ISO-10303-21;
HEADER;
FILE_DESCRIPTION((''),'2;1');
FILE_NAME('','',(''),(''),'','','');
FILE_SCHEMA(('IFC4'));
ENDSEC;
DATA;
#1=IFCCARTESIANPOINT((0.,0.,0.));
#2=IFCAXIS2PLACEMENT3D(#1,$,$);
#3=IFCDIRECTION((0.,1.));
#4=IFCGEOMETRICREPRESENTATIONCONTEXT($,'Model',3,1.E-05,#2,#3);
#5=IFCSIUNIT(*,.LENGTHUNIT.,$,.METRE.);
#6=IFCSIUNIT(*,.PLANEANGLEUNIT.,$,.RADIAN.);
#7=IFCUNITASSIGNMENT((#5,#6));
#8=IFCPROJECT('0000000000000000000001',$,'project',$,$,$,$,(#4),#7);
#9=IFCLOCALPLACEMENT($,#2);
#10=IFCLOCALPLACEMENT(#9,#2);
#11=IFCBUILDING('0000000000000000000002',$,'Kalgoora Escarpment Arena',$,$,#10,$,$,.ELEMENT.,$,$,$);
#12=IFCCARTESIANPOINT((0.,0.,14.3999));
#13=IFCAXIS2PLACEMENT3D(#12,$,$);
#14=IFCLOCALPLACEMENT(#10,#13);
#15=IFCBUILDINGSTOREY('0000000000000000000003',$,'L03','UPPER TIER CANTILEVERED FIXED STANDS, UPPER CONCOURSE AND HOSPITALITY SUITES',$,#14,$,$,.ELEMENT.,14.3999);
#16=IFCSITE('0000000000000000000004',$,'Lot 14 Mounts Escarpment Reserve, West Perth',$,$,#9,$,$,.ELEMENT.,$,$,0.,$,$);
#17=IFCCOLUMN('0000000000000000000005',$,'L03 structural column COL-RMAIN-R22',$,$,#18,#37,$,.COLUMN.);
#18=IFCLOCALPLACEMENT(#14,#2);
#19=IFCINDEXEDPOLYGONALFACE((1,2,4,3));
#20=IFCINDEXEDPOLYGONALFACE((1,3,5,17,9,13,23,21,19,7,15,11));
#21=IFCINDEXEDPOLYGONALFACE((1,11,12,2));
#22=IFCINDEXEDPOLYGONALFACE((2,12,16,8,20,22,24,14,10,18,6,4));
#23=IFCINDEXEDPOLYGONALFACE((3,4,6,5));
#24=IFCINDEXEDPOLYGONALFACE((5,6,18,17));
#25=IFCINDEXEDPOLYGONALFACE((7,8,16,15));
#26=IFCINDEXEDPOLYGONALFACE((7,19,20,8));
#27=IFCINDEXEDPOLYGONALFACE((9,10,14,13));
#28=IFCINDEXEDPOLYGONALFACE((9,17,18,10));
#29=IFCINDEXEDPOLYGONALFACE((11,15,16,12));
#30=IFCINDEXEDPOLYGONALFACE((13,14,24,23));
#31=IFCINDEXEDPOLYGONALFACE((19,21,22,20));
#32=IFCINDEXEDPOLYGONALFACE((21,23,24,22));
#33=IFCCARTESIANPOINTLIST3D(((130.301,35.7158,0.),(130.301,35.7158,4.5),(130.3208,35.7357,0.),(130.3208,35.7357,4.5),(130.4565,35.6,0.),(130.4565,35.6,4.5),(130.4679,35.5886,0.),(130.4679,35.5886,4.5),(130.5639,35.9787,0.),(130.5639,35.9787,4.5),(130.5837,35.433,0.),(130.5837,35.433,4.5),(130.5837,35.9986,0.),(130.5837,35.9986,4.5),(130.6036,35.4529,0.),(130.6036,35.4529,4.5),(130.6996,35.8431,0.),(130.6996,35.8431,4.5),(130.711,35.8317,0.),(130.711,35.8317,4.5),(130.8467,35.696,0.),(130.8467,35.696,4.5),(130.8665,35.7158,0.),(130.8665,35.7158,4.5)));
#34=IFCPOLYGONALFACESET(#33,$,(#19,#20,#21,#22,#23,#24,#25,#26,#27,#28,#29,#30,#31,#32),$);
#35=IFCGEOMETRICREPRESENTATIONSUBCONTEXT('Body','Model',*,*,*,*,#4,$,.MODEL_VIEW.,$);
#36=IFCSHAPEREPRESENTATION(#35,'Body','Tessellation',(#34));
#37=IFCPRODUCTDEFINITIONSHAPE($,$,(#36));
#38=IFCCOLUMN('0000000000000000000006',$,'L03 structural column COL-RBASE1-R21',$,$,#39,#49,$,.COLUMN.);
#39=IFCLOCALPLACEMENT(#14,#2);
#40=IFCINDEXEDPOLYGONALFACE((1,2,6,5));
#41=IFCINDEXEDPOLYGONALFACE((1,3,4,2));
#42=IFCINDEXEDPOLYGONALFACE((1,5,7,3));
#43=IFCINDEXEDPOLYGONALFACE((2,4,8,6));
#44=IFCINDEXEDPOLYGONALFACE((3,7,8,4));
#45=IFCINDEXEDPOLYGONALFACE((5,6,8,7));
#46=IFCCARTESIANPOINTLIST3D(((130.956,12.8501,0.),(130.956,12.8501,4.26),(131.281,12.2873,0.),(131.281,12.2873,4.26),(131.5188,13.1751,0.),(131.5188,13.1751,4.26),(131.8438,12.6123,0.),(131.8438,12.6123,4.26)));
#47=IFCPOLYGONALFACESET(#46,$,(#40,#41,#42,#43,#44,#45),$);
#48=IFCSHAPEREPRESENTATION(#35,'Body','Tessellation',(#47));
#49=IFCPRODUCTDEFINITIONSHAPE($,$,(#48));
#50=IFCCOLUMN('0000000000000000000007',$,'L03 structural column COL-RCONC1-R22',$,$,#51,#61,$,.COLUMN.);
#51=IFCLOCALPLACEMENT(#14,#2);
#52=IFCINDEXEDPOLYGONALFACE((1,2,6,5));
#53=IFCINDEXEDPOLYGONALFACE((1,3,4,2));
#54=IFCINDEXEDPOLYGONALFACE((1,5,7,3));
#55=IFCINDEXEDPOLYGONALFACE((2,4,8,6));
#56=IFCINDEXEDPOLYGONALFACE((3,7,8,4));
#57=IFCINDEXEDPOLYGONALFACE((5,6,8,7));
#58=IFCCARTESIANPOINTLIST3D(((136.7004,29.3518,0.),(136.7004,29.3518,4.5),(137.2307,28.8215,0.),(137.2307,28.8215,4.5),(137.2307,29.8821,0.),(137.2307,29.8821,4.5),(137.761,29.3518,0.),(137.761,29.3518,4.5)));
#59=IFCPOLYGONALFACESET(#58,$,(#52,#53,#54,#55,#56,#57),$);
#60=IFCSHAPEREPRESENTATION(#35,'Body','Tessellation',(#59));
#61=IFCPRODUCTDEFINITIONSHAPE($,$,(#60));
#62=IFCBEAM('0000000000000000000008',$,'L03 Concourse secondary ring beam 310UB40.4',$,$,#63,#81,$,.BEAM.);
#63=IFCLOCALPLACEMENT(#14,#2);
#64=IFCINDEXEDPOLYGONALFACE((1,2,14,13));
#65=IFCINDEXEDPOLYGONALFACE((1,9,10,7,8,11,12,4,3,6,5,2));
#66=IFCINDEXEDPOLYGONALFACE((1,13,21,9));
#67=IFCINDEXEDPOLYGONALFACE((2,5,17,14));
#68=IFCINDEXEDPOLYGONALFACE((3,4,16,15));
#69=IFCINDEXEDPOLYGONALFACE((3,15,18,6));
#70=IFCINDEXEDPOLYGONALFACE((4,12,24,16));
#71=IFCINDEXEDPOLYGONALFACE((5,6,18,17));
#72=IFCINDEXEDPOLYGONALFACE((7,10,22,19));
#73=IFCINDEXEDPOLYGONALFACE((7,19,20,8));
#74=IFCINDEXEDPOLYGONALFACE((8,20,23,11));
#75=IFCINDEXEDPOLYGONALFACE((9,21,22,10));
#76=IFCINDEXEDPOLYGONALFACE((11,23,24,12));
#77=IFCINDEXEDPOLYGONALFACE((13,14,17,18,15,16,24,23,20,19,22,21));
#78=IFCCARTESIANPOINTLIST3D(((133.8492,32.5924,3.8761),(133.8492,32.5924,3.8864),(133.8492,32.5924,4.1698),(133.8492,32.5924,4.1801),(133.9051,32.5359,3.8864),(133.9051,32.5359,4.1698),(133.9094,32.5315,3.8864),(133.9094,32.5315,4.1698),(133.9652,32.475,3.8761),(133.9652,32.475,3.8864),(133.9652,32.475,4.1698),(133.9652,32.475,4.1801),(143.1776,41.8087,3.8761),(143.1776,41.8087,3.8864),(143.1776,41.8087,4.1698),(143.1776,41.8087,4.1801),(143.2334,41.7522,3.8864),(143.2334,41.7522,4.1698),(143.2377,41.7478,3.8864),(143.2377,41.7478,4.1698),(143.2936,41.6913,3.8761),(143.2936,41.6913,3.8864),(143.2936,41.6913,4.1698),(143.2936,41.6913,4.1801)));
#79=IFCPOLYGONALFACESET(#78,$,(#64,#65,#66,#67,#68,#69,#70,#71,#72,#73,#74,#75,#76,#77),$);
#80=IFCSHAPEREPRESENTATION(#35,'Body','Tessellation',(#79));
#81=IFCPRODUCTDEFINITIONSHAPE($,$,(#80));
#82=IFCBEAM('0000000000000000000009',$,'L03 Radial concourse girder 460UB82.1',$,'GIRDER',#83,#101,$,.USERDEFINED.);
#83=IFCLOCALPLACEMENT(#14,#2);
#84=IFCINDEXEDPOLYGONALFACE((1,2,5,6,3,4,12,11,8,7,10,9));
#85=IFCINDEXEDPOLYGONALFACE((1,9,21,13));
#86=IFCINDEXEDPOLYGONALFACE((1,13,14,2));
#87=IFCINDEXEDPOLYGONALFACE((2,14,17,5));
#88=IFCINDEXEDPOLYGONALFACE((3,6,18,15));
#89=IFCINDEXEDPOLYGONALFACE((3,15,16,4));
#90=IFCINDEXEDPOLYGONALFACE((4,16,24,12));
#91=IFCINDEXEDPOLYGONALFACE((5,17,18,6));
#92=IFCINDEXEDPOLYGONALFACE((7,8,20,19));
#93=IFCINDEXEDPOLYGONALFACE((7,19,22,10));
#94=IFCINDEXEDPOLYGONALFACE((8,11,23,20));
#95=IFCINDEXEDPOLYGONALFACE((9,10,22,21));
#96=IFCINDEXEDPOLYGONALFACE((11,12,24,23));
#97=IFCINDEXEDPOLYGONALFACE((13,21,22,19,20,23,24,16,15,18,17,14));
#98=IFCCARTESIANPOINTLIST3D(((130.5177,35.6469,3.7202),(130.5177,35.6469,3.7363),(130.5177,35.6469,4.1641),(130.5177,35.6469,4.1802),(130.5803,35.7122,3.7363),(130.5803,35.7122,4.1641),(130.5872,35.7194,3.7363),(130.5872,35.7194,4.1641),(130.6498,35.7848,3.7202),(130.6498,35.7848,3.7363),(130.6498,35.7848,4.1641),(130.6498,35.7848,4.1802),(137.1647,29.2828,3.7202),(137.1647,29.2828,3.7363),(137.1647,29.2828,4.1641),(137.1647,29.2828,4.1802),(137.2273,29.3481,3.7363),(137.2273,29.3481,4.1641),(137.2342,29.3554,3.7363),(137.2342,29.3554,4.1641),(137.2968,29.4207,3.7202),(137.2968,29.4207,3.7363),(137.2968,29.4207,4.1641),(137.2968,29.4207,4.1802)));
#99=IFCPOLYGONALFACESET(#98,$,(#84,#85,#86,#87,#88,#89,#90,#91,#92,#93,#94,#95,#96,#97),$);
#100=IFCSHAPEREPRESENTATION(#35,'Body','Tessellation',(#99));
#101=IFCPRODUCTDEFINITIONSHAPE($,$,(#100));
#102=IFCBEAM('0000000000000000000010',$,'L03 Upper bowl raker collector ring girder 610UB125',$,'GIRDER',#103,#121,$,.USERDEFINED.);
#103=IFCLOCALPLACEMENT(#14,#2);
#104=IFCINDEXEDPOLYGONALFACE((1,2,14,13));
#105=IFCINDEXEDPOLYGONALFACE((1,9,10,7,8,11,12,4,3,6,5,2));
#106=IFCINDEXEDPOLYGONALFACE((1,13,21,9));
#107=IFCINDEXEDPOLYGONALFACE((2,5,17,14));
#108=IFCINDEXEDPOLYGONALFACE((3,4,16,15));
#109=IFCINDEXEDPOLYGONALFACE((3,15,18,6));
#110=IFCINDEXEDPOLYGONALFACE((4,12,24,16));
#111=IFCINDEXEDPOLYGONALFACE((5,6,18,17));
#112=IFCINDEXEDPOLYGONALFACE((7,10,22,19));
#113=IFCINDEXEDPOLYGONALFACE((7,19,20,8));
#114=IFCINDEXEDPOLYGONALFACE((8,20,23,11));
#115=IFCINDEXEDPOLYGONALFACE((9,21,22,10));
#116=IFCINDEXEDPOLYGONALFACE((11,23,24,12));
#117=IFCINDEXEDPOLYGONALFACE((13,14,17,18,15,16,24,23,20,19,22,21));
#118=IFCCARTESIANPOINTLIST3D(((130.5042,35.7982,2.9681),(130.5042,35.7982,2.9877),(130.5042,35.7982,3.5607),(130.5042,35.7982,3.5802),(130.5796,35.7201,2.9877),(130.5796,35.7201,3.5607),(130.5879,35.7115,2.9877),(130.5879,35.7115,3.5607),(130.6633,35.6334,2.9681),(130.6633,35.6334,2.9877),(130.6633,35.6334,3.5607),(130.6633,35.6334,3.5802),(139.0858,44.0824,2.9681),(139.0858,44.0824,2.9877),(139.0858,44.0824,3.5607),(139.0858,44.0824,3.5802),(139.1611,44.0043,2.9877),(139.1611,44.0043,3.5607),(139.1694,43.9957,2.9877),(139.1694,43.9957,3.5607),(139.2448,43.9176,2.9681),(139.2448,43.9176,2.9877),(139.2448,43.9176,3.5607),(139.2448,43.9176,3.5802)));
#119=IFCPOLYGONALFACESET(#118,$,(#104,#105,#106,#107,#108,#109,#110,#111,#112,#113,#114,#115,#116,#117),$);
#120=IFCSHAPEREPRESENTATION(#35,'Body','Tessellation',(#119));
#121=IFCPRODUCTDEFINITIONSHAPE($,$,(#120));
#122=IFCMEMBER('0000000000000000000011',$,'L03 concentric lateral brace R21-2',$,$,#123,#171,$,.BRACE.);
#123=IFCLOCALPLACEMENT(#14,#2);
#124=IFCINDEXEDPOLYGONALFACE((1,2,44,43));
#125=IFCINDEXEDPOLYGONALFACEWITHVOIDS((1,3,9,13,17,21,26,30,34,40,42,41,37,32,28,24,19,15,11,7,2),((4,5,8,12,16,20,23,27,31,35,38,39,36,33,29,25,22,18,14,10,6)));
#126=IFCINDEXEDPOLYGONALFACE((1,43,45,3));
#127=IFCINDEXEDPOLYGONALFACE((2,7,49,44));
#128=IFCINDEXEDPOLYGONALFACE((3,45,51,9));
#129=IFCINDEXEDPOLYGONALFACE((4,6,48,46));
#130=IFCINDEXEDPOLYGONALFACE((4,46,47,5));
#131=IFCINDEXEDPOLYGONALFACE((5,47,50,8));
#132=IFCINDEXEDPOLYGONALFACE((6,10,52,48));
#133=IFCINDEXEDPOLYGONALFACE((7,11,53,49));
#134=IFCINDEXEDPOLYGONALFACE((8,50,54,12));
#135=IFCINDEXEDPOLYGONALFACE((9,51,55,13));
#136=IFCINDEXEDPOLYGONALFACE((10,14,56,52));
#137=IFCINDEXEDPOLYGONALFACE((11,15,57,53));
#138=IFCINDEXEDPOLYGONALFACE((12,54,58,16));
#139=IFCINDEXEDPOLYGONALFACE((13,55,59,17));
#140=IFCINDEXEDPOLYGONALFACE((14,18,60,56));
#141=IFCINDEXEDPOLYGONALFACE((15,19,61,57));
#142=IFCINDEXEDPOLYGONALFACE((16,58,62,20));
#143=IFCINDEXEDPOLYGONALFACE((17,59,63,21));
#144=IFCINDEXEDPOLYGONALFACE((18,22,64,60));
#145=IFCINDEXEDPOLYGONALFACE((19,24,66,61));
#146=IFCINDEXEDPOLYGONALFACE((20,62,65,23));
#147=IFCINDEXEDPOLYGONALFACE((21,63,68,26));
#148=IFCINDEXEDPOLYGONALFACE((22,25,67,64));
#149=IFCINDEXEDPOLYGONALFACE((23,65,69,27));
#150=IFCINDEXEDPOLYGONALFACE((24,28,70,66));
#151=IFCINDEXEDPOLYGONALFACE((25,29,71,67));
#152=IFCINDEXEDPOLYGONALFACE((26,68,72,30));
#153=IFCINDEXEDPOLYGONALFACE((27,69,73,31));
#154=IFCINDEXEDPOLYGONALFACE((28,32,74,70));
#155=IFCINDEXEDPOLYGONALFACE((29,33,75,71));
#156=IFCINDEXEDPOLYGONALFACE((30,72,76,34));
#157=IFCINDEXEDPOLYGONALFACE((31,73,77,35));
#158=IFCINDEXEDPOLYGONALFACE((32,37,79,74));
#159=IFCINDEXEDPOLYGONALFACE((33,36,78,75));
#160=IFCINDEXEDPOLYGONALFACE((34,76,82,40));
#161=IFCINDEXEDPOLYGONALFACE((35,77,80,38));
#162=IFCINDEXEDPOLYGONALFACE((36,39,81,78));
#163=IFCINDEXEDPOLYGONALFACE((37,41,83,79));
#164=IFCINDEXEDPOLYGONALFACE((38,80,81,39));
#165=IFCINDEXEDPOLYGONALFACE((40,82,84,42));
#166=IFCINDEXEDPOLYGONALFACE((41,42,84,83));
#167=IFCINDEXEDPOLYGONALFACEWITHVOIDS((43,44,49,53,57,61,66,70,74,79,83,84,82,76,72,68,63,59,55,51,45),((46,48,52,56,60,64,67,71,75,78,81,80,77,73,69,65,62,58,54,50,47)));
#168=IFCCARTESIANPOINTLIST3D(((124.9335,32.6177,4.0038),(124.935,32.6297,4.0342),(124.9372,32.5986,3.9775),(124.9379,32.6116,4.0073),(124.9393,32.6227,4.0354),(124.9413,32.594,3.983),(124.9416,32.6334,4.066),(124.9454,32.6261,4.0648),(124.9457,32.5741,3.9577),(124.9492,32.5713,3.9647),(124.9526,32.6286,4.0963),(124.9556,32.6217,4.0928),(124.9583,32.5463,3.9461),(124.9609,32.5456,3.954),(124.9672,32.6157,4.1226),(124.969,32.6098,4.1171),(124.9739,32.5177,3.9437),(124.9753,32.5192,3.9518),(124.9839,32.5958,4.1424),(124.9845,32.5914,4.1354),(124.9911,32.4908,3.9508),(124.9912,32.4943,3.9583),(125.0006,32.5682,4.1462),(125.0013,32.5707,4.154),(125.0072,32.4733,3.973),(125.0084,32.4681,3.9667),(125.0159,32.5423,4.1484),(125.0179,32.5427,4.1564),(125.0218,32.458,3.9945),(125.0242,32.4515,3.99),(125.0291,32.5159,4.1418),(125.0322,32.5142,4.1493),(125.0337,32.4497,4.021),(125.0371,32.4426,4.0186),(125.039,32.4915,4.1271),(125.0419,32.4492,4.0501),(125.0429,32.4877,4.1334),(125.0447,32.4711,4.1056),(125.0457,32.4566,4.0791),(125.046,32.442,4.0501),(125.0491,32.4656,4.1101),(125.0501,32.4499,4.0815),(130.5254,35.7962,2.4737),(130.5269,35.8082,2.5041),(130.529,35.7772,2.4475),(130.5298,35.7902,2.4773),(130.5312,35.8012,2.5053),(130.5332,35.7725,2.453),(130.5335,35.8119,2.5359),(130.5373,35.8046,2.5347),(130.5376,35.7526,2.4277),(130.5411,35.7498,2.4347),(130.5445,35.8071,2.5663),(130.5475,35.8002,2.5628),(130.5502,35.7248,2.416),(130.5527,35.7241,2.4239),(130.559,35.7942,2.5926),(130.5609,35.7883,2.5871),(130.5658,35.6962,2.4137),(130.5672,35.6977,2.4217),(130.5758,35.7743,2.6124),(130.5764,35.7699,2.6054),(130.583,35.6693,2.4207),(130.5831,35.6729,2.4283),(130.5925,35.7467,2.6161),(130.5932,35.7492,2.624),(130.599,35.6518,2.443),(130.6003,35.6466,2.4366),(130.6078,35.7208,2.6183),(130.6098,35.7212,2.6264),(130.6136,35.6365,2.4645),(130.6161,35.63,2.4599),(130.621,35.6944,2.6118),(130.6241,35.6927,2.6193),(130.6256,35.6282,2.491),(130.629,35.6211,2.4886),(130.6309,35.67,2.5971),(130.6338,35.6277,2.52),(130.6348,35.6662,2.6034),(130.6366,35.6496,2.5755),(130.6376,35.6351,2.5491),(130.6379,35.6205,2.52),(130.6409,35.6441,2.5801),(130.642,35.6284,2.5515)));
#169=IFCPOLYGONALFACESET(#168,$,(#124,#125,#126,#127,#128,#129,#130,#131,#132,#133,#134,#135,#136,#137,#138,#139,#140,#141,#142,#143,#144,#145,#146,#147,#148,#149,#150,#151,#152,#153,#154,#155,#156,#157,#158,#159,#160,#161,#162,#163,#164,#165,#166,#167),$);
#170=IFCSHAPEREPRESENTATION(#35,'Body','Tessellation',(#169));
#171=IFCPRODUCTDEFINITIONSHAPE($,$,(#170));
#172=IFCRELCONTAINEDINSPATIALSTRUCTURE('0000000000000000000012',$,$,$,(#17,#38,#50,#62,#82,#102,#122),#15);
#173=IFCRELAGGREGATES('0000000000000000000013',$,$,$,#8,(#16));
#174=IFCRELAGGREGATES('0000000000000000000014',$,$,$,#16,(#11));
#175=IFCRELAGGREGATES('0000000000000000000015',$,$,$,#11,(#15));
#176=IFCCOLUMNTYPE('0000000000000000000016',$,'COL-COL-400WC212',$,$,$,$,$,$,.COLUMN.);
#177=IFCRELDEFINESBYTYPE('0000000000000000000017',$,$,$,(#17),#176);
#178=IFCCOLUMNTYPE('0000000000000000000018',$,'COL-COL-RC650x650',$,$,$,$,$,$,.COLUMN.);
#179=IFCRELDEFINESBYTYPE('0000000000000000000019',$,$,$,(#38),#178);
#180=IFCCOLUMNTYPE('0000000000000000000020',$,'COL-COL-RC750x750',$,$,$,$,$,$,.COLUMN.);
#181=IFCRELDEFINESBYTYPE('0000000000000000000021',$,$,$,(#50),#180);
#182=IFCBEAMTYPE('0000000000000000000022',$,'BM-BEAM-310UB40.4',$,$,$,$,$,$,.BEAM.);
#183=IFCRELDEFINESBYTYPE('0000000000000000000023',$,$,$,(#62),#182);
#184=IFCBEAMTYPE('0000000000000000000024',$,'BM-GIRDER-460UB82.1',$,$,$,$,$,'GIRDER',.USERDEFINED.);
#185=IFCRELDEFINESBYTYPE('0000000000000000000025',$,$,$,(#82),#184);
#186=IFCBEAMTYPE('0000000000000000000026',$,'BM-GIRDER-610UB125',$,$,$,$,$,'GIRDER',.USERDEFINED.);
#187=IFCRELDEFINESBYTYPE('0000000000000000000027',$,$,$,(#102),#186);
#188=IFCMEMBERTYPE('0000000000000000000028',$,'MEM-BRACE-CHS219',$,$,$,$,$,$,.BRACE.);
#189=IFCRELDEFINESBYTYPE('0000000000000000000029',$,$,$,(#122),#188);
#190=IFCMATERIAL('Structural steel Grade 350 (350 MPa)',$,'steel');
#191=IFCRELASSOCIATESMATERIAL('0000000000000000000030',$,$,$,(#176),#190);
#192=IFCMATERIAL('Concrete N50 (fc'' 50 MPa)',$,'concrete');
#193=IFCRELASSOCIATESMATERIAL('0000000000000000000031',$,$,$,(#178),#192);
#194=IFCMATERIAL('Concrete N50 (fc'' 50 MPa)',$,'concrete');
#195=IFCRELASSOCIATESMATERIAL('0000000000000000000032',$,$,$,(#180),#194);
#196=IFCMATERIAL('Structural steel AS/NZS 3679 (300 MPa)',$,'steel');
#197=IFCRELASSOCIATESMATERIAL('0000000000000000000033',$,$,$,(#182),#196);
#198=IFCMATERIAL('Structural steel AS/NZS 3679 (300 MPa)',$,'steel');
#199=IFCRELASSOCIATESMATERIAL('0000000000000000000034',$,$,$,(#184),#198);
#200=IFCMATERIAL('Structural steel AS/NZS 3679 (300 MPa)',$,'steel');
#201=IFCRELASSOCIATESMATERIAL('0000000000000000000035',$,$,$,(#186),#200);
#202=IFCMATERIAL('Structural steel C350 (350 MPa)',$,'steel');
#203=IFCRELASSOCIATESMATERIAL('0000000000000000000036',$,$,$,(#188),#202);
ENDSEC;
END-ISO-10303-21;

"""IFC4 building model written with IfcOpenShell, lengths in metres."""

from ifc_helpers import new_model, si_unit, direction, frame, origin, origin_2d, place, context, subcontext, project, spatial, rectangle, hollow_circle, i_section, extrude, material, material_profile, profile_set, type_object, element, save


model = new_model("IFC4")

# Units and contexts
model_context = context("Model", 3, precision=1e-05, world=origin(), true_north=direction((0.0, 1.0)))
body_context = subcontext(model_context, "Body", "Model", "MODEL_VIEW")
ifc_project = project(units=[si_unit("LENGTHUNIT", "METRE"), si_unit("PLANEANGLEUNIT", "RADIAN")], contexts=[model_context])

# Site, building, storey
site_placement = place(None, origin())
site = spatial("IfcSite", under=ifc_project, at=site_placement, Name="Lot 14 Mounts Escarpment Reserve, West Perth", CompositionType="ELEMENT", RefElevation=0.0)
building_placement = place(site_placement, origin())
building = spatial("IfcBuilding", under=site, at=building_placement, Name="Kalgoora Escarpment Arena", CompositionType="ELEMENT")
storey_placement = place(building_placement, frame((0.0, 0.0, 14.3999)))
storey = spatial("IfcBuildingStorey", under=building, at=storey_placement, Name="L03", Description="UPPER TIER CANTILEVERED FIXED STANDS, UPPER CONCOURSE AND HOSPITALITY SUITES", CompositionType="ELEMENT", Elevation=14.3999)

# Columns
ifc_material_1 = material(Name="Structural steel Grade 350 (350 MPa)", Category="steel")
ifc_material_profile_1 = material_profile(ifc_material_1, i_section(OverallWidth=0.3999, OverallDepth=0.3999, WebThickness=0.0161, FlangeThickness=0.0281, at=origin_2d()))
ifc_profile_set_1 = profile_set([ifc_material_profile_1], Name="Structural steel Grade 350 (350 MPa)")
column_type_1 = type_object("IfcColumnType", Name="COL-COL-400WC212", PredefinedType="COLUMN", material=ifc_profile_set_1)
column_1_placement = place(storey_placement, frame((130.5837, 35.7158, 0.0), z_axis=(0.0, 0.0, 1.0), x_axis=(0.707107, -0.707107, 0.0)))
element("IfcColumn", 1, at=column_1_placement, inside=storey, type_object=column_type_1, Name="L03 structural column COL-RMAIN-R22", PredefinedType="COLUMN", context=body_context, shape_type="SweptSolid", body=[
    extrude(i_section(OverallWidth=0.3999, OverallDepth=0.3999, WebThickness=0.0161, FlangeThickness=0.0281, at=origin_2d()), origin(), (0.0, 0.0, 1.0), 4.5),
])
ifc_material_2 = material(Name="Concrete N50 (fc' 50 MPa)", Category="concrete")
ifc_material_profile_2 = material_profile(ifc_material_2, rectangle(XDim=0.6499, YDim=0.6499, at=origin_2d()))
ifc_profile_set_2 = profile_set([ifc_material_profile_2], Name="Concrete N50 (fc' 50 MPa)")
column_type_2 = type_object("IfcColumnType", Name="COL-COL-RC650x650", PredefinedType="COLUMN", material=ifc_profile_set_2)
column_2_placement = place(storey_placement, frame((131.3999, 12.7312, 0.0), z_axis=(0.0, 0.0, 1.0), x_axis=(0.5, -0.866025, 0.0)))
element("IfcColumn", 2, at=column_2_placement, inside=storey, type_object=column_type_2, Name="L03 structural column COL-RBASE1-R21", PredefinedType="COLUMN", context=body_context, shape_type="SweptSolid", body=[
    extrude(rectangle(XDim=0.6499, YDim=0.6499, at=origin_2d()), origin(), (0.0, 0.0, 1.0), 4.26),
])
ifc_material_3 = material(Name="Concrete N50 (fc' 50 MPa)", Category="concrete")
ifc_material_profile_3 = material_profile(ifc_material_3, rectangle(XDim=0.75, YDim=0.75, at=origin_2d()))
ifc_profile_set_3 = profile_set([ifc_material_profile_3], Name="Concrete N50 (fc' 50 MPa)")
column_type_3 = type_object("IfcColumnType", Name="COL-COL-RC750x750", PredefinedType="COLUMN", material=ifc_profile_set_3)
column_3_placement = place(storey_placement, frame((137.2307, 29.3518, 0.0), z_axis=(0.0, 0.0, 1.0), x_axis=(0.707107, -0.707107, 0.0)))
element("IfcColumn", 3, at=column_3_placement, inside=storey, type_object=column_type_3, Name="L03 structural column COL-RCONC1-R22", PredefinedType="COLUMN", context=body_context, shape_type="SweptSolid", body=[
    extrude(rectangle(XDim=0.75, YDim=0.75, at=origin_2d()), origin(), (0.0, 0.0, 1.0), 4.5),
])

# Beams
ifc_material_4 = material(Name="Structural steel AS/NZS 3679 (300 MPa)", Category="steel")
ifc_material_profile_4 = material_profile(ifc_material_4, i_section(OverallWidth=0.165, OverallDepth=0.304, WebThickness=0.0061, FlangeThickness=0.0103, at=origin_2d()))
ifc_profile_set_4 = profile_set([ifc_material_profile_4], Name="Structural steel AS/NZS 3679 (300 MPa)")
beam_type_1 = type_object("IfcBeamType", Name="BM-BEAM-310UB40.4", PredefinedType="BEAM", material=ifc_profile_set_4)
beam_1_placement = place(storey_placement, frame((133.9072, 32.5337, 4.0281), z_axis=(0.711367, 0.702821, 0.0), x_axis=(-0.702821, 0.711367, 0.0)))
element("IfcBeam", 4, at=beam_1_placement, inside=storey, type_object=beam_type_1, Name="L03 Concourse secondary ring beam 310UB40.4", PredefinedType="BEAM", context=body_context, shape_type="SweptSolid", body=[
    extrude(i_section(OverallWidth=0.165, OverallDepth=0.304, WebThickness=0.0061, FlangeThickness=0.0103, at=origin_2d()), origin(), (0.0, 0.0, 1.0), 13.1133),
])
ifc_material_5 = material(Name="Structural steel AS/NZS 3679 (300 MPa)", Category="steel")
ifc_material_profile_5 = material_profile(ifc_material_5, i_section(OverallWidth=0.1909, OverallDepth=0.46, WebThickness=0.01, FlangeThickness=0.0161, at=origin_2d()))
ifc_profile_set_5 = profile_set([ifc_material_profile_5], Name="Structural steel AS/NZS 3679 (300 MPa)")
beam_type_2 = type_object("IfcBeamType", Name="BM-GIRDER-460UB82.1", ElementType="GIRDER", PredefinedType="USERDEFINED", material=ifc_profile_set_5)
beam_2_placement = place(storey_placement, frame((130.5837, 35.7158, 3.9502), z_axis=(0.722314, -0.691565, 0.0), x_axis=(0.691565, 0.722314, 0.0)))
element("IfcBeam", 5, at=beam_2_placement, inside=storey, type_object=beam_type_2, Name="L03 Radial concourse girder 460UB82.1", ObjectType="GIRDER", PredefinedType="USERDEFINED", context=body_context, shape_type="SweptSolid", body=[
    extrude(i_section(OverallWidth=0.1909, OverallDepth=0.46, WebThickness=0.01, FlangeThickness=0.0161, at=origin_2d()), origin(), (0.0, 0.0, 1.0), 9.2024),
])
ifc_material_6 = material(Name="Structural steel AS/NZS 3679 (300 MPa)", Category="steel")
ifc_material_profile_6 = material_profile(ifc_material_6, i_section(OverallWidth=0.229, OverallDepth=0.6121, WebThickness=0.012, FlangeThickness=0.0195, at=origin_2d()))
ifc_profile_set_6 = profile_set([ifc_material_profile_6], Name="Structural steel AS/NZS 3679 (300 MPa)")
beam_type_3 = type_object("IfcBeamType", Name="BM-GIRDER-610UB125", ElementType="GIRDER", PredefinedType="USERDEFINED", material=ifc_profile_set_6)
beam_3_placement = place(storey_placement, frame((130.5837, 35.7158, 3.2742), z_axis=(0.719462, 0.694532, 0.0), x_axis=(-0.694532, 0.719462, 0.0)))
element("IfcBeam", 6, at=beam_3_placement, inside=storey, type_object=beam_type_3, Name="L03 Upper bowl raker collector ring girder 610UB125", ObjectType="GIRDER", PredefinedType="USERDEFINED", context=body_context, shape_type="SweptSolid", body=[
    extrude(i_section(OverallWidth=0.229, OverallDepth=0.6121, WebThickness=0.012, FlangeThickness=0.0195, at=origin_2d()), origin(), (0.0, 0.0, 1.0), 11.9277),
])

# Member
ifc_material_7 = material(Name="Structural steel C350 (350 MPa)", Category="steel")
ifc_material_profile_7 = material_profile(ifc_material_7, hollow_circle(Radius=0.1096, WallThickness=0.0083, at=origin_2d()))
ifc_profile_set_7 = profile_set([ifc_material_profile_7], Name="Structural steel C350 (350 MPa)")
member_type_1 = type_object("IfcMemberType", Name="MEM-BRACE-CHS219", PredefinedType="BRACE", material=ifc_profile_set_7)
member_1_placement = place(storey_placement, frame((130.5837, 35.7158, 2.52), z_axis=(-0.845769, -0.480749, 0.23142), x_axis=(0.494163, -0.869369, 0.0)))
element("IfcMember", 7, at=member_1_placement, inside=storey, type_object=member_type_1, Name="L03 concentric lateral brace R21-2", PredefinedType="BRACE", context=body_context, shape_type="SweptSolid", body=[
    extrude(hollow_circle(Radius=0.1096, WallThickness=0.0083, at=origin_2d()), origin(), (0.0, 0.0, 1.0), 6.6116),
])

save(model, "model.ifc")
